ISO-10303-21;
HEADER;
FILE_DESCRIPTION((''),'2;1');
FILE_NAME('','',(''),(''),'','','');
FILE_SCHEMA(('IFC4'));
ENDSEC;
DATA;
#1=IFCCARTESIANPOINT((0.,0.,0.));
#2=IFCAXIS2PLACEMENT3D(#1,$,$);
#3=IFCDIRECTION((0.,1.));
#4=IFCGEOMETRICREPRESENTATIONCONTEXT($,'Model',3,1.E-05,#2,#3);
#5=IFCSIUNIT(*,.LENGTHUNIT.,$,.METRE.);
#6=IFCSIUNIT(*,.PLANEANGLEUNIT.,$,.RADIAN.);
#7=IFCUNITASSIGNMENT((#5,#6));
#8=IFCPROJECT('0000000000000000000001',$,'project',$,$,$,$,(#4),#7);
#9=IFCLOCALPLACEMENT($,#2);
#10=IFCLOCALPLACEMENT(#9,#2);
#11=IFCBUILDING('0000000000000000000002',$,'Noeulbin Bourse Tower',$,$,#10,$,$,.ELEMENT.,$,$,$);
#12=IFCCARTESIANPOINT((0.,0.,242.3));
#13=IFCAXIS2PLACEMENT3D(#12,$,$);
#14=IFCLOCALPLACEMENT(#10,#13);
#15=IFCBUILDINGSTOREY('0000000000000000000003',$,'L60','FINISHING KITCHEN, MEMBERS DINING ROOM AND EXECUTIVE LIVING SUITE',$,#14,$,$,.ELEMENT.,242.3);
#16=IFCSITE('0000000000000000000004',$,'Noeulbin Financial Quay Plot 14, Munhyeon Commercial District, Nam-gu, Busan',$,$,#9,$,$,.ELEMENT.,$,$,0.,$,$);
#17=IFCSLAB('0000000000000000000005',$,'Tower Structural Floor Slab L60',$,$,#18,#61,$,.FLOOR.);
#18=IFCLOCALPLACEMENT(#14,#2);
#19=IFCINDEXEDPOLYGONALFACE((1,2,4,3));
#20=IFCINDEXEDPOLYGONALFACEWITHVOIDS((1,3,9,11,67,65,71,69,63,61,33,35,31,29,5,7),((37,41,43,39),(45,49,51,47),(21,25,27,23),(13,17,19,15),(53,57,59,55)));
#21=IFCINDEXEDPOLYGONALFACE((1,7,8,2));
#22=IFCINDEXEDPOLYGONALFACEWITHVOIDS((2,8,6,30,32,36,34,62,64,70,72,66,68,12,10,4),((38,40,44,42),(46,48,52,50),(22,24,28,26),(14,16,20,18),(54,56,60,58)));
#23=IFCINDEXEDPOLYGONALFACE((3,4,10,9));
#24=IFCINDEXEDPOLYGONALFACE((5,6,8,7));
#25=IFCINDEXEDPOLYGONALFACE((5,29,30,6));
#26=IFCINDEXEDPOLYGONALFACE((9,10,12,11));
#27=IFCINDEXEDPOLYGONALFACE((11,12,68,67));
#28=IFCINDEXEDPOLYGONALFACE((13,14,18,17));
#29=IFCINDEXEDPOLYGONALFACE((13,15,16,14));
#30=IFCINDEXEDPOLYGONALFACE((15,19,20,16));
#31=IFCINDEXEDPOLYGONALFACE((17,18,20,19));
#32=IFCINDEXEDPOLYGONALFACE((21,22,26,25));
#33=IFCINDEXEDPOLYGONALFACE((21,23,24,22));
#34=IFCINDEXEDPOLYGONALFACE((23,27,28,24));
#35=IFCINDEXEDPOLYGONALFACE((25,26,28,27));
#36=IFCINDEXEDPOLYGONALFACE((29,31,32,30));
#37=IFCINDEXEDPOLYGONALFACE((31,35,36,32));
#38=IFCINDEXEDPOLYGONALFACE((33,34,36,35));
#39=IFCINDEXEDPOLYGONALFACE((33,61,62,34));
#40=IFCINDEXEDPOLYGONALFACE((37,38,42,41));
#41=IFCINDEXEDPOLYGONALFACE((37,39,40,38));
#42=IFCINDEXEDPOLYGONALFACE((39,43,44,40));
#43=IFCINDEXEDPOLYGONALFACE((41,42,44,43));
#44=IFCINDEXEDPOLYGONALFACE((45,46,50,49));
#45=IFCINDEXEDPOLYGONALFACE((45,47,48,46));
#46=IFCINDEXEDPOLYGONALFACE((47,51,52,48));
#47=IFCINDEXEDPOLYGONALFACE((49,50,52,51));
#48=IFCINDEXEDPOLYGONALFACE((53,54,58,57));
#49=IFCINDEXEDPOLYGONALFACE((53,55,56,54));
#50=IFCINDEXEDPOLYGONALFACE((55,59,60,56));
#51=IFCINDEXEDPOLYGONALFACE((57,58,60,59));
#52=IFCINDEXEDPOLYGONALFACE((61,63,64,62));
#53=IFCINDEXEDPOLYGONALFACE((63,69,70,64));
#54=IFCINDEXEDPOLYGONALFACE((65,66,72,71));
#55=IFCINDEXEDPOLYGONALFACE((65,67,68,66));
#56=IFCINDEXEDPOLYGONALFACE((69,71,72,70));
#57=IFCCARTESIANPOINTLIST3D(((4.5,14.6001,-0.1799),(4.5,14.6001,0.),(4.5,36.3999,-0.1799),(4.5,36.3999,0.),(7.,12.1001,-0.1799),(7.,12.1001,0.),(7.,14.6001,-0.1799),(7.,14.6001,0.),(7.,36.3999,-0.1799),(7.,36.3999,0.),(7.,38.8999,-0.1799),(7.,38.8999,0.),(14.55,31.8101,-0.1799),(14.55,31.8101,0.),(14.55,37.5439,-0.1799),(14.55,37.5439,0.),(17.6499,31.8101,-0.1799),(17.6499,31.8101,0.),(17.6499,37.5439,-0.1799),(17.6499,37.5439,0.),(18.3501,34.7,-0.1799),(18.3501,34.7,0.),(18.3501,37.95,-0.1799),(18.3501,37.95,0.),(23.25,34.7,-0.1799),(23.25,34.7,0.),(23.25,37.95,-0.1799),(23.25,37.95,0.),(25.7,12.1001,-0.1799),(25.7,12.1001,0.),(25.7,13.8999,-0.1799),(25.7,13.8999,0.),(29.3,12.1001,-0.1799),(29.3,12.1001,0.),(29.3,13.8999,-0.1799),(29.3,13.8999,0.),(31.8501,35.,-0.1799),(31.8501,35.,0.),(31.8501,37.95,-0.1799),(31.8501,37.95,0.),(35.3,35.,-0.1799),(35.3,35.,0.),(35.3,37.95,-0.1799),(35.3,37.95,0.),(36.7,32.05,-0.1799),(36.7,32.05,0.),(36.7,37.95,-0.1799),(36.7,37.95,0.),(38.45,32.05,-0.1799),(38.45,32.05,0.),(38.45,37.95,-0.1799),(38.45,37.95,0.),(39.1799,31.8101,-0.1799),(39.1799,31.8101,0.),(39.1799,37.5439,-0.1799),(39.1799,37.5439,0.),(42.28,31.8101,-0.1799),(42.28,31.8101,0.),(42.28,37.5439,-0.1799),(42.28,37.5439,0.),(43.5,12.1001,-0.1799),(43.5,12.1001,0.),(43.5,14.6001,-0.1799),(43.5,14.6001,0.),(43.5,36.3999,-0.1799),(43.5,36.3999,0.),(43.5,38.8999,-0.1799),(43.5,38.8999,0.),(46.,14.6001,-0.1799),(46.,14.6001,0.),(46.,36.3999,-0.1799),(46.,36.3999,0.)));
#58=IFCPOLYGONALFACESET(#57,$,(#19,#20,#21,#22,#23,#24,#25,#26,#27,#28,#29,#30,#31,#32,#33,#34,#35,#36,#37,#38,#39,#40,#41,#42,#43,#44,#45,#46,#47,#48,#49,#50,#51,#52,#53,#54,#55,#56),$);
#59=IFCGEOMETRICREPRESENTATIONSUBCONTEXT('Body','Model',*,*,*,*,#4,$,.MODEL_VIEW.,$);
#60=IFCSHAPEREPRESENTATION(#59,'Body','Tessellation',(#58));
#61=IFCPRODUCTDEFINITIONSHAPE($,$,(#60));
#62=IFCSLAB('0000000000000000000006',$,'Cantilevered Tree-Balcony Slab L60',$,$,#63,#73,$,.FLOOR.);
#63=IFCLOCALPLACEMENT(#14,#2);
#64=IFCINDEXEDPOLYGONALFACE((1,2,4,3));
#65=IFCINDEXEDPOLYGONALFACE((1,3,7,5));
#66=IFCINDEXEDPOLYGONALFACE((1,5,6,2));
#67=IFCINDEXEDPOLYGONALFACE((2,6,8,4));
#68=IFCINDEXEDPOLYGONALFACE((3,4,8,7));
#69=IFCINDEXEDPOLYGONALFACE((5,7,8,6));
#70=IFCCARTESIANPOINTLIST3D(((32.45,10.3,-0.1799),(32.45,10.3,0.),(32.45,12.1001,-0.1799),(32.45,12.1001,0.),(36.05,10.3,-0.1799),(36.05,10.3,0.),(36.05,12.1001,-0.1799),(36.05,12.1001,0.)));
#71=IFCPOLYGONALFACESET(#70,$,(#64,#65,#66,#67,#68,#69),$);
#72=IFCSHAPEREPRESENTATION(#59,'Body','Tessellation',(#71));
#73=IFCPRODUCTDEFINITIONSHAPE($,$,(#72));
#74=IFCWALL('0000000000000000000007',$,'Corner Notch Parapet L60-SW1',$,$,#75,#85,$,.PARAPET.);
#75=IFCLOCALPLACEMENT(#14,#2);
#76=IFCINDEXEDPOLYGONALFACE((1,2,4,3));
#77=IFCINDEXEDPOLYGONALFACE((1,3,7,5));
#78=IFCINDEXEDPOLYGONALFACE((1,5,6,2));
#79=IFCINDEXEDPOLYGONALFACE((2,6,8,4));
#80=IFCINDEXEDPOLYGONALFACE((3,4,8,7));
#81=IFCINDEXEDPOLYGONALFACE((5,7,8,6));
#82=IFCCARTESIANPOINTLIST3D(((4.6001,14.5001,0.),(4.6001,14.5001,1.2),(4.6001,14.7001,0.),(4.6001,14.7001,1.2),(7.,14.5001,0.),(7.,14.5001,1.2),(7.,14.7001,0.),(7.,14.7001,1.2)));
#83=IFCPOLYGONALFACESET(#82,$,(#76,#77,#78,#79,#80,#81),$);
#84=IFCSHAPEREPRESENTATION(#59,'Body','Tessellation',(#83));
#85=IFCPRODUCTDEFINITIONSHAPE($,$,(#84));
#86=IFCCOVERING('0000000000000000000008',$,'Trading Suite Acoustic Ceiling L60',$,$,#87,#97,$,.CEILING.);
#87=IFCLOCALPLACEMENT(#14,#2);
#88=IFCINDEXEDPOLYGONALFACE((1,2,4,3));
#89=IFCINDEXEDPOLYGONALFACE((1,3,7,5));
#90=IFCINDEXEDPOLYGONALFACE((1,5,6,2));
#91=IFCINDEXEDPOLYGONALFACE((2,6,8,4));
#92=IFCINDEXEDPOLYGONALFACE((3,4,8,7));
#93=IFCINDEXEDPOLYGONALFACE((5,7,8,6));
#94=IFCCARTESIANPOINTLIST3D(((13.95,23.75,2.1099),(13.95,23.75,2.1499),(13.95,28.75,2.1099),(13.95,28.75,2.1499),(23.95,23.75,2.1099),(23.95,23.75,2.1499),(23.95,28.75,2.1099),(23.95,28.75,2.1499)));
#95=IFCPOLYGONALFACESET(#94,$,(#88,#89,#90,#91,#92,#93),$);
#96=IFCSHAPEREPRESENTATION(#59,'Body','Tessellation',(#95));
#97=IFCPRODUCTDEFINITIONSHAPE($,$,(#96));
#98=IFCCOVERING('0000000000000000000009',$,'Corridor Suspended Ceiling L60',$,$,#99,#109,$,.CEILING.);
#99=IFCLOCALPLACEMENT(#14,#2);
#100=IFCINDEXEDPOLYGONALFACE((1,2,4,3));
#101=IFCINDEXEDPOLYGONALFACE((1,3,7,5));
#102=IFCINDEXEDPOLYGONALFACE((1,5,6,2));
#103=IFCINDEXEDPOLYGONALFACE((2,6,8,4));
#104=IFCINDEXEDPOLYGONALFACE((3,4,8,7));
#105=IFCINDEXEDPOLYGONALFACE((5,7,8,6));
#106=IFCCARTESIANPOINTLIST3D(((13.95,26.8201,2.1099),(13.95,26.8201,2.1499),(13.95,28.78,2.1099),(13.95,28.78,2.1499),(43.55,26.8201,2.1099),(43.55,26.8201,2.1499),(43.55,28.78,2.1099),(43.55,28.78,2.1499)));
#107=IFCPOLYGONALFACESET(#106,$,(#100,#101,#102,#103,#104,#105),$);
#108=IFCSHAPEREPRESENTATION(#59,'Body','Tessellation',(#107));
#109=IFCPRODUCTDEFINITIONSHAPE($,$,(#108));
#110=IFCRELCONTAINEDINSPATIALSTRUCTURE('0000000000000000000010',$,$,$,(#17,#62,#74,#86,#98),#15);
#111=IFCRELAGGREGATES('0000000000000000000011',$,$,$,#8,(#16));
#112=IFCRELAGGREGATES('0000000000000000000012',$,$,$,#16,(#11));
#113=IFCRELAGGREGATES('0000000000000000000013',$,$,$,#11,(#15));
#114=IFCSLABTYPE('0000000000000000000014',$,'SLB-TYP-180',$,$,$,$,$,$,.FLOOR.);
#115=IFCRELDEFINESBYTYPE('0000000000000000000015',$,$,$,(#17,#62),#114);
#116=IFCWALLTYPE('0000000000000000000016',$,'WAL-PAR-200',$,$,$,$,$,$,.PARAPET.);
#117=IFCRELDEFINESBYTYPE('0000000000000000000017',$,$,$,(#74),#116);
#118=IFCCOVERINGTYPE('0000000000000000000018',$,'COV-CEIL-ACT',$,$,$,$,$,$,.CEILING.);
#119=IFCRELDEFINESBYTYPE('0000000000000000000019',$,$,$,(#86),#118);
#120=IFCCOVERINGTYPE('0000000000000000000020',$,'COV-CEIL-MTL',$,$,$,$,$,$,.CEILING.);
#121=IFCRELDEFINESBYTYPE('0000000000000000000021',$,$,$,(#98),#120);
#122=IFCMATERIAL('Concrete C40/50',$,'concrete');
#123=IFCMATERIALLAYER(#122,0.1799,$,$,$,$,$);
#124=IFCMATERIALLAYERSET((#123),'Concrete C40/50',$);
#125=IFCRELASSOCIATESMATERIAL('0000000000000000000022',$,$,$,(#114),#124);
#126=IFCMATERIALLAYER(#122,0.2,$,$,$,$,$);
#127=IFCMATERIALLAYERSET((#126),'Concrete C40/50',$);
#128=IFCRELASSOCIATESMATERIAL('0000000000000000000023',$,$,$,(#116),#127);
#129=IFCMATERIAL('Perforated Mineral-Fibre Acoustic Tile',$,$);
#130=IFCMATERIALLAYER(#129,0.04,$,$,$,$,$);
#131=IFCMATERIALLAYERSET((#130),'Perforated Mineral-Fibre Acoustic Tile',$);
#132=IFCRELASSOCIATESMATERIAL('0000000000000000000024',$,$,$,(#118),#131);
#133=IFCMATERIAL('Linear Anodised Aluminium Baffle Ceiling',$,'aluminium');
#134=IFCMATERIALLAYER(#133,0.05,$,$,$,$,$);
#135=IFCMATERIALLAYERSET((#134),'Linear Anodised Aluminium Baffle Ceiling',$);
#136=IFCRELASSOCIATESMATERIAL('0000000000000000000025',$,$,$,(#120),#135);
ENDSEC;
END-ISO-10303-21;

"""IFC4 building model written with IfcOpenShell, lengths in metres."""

from ifc_helpers import new_model, si_unit, direction, frame, frame_2d, origin, place, context, subcontext, project, spatial, polyline, rectangle, outline, extrude, material, layer, layer_set, type_object, element, save


model = new_model("IFC4")

# Units and contexts
model_context = context("Model", 3, precision=1e-05, world=origin(), true_north=direction((0.0, 1.0)))
body_context = subcontext(model_context, "Body", "Model", "MODEL_VIEW")
ifc_project = project(units=[si_unit("LENGTHUNIT", "METRE"), si_unit("PLANEANGLEUNIT", "RADIAN")], contexts=[model_context])

# Site, building, storey
site_placement = place(None, origin())
site = spatial("IfcSite", under=ifc_project, at=site_placement, Name="Noeulbin Financial Quay Plot 14, Munhyeon Commercial District, Nam-gu, Busan", CompositionType="ELEMENT", RefElevation=0.0)
building_placement = place(site_placement, origin())
building = spatial("IfcBuilding", under=site, at=building_placement, Name="Noeulbin Bourse Tower", CompositionType="ELEMENT")
storey_placement = place(building_placement, frame((0.0, 0.0, 242.3)))
storey = spatial("IfcBuildingStorey", under=building, at=storey_placement, Name="L60", Description="FINISHING KITCHEN, MEMBERS DINING ROOM AND EXECUTIVE LIVING SUITE", CompositionType="ELEMENT", Elevation=242.3)

# Shared definitions
ifc_material_1 = material(Name="Concrete C40/50", Category="concrete")

# Slab, openings
ifc_layer_1 = layer(ifc_material_1, 0.1799)
ifc_layer_set_1 = layer_set([ifc_layer_1], Name="Concrete C40/50")
slab_type_1 = type_object("IfcSlabType", Name="SLB-TYP-180", PredefinedType="FLOOR", material=ifc_layer_set_1)
slab_1_placement = place(storey_placement, frame((0.0, 0.0, -0.1799)))
slab_1 = element("IfcSlab", 1, at=slab_1_placement, inside=storey, type_object=slab_type_1, Name="Tower Structural Floor Slab L60", PredefinedType="FLOOR", context=body_context, shape_type="SweptSolid", body=[
    extrude(outline(polyline([(7.0, 12.1001), (25.7, 12.1001), (25.7, 13.8999), (29.3, 13.8999), (29.3, 12.1001), (43.5, 12.1001), (43.5, 14.6001), (46.0, 14.6001), (46.0, 36.3999), (43.5, 36.3999), (43.5, 38.8999), (7.0, 38.8999), (7.0, 36.3999), (4.5, 36.3999), (4.5, 14.6001), (7.0, 14.6001), (7.0, 12.1001)]), holes=[polyline([(17.6499, 31.8101), (17.6499, 37.5439), (14.55, 37.5439), (14.55, 31.8101), (17.6499, 31.8101)]), polyline([(42.28, 31.8101), (42.28, 37.5439), (39.1799, 37.5439), (39.1799, 31.8101), (42.28, 31.8101)]), polyline([(18.3501, 34.7), (23.25, 34.7), (23.25, 37.95), (18.3501, 37.95), (18.3501, 34.7)]), polyline([(36.7, 32.05), (38.45, 32.05), (38.45, 37.95), (36.7, 37.95), (36.7, 32.05)]), polyline([(31.8501, 35.0), (35.3, 35.0), (35.3, 37.95), (31.8501, 37.95), (31.8501, 35.0)])]), origin(), (0.0, 0.0, 1.0), 0.1799),
])
opening_1_placement = place(slab_1_placement, frame((0.0, 0.0, -0.01)))
element("IfcOpeningElement", 2, at=opening_1_placement, cuts=slab_1, PredefinedType="OPENING", context=body_context, shape_type="SweptSolid", body=[
    extrude(outline(polyline([(17.6499, 31.8101), (17.6499, 37.5439), (14.55, 37.5439), (14.55, 31.8101), (17.6499, 31.8101)])), origin(), (0.0, 0.0, 1.0), 0.2),
])
opening_2_placement = place(slab_1_placement, frame((0.0, 0.0, -0.01)))
element("IfcOpeningElement", 3, at=opening_2_placement, cuts=slab_1, PredefinedType="OPENING", context=body_context, shape_type="SweptSolid", body=[
    extrude(outline(polyline([(42.28, 31.8101), (42.28, 37.5439), (39.1799, 37.5439), (39.1799, 31.8101), (42.28, 31.8101)])), origin(), (0.0, 0.0, 1.0), 0.2),
])
opening_3_placement = place(slab_1_placement, frame((0.0, 0.0, -0.01)))
element("IfcOpeningElement", 4, at=opening_3_placement, cuts=slab_1, PredefinedType="OPENING", context=body_context, shape_type="SweptSolid", body=[
    extrude(outline(polyline([(18.3501, 34.7), (23.25, 34.7), (23.25, 37.95), (18.3501, 37.95), (18.3501, 34.7)])), origin(), (0.0, 0.0, 1.0), 0.2),
])
opening_4_placement = place(slab_1_placement, frame((0.0, 0.0, -0.01)))
element("IfcOpeningElement", 5, at=opening_4_placement, cuts=slab_1, PredefinedType="OPENING", context=body_context, shape_type="SweptSolid", body=[
    extrude(outline(polyline([(36.7, 32.05), (38.45, 32.05), (38.45, 37.95), (36.7, 37.95), (36.7, 32.05)])), origin(), (0.0, 0.0, 1.0), 0.2),
])
opening_5_placement = place(slab_1_placement, frame((0.0, 0.0, -0.01)))
element("IfcOpeningElement", 6, at=opening_5_placement, cuts=slab_1, PredefinedType="OPENING", context=body_context, shape_type="SweptSolid", body=[
    extrude(outline(polyline([(31.8501, 35.0), (35.3, 35.0), (35.3, 37.95), (31.8501, 37.95), (31.8501, 35.0)])), origin(), (0.0, 0.0, 1.0), 0.2),
])

# Slab
slab_2_placement = place(storey_placement, frame((0.0, 0.0, -0.1799)))
element("IfcSlab", 7, at=slab_2_placement, inside=storey, type_object=slab_type_1, Name="Cantilevered Tree-Balcony Slab L60", PredefinedType="FLOOR", context=body_context, shape_type="SweptSolid", body=[
    extrude(outline(polyline([(32.45, 10.3), (36.05, 10.3), (36.05, 12.1001), (32.45, 12.1001), (32.45, 10.3)])), origin(), (0.0, 0.0, 1.0), 0.1799),
])

# Wall
ifc_layer_2 = layer(ifc_material_1, 0.2)
ifc_layer_set_2 = layer_set([ifc_layer_2], Name="Concrete C40/50")
wall_type = type_object("IfcWallType", Name="WAL-PAR-200", PredefinedType="PARAPET", material=ifc_layer_set_2)
wall_placement = place(storey_placement, frame((4.6001, 14.6001, 0.0), z_axis=(0.0, 0.0, 1.0), x_axis=(1.0, 0.0, 0.0)))
element("IfcWall", 8, at=wall_placement, inside=storey, type_object=wall_type, Name="Corner Notch Parapet L60-SW1", PredefinedType="PARAPET", context=body_context, shape_type="SweptSolid", body=[
    extrude(rectangle(XDim=2.3999, YDim=0.2, at=frame_2d((1.2, 0.0))), origin(), (0.0, 0.0, 1.0), 1.2),
])

# Coverings
ifc_material_2 = material(Name="Perforated Mineral-Fibre Acoustic Tile")
ifc_layer_3 = layer(ifc_material_2, 0.04)
ifc_layer_set_3 = layer_set([ifc_layer_3], Name="Perforated Mineral-Fibre Acoustic Tile")
covering_type_1 = type_object("IfcCoveringType", Name="COV-CEIL-ACT", PredefinedType="CEILING", material=ifc_layer_set_3)
covering_1_placement = place(storey_placement, frame((0.0, 0.0, 2.1099)))
element("IfcCovering", 9, at=covering_1_placement, inside=storey, type_object=covering_type_1, Name="Trading Suite Acoustic Ceiling L60", PredefinedType="CEILING", context=body_context, shape_type="SweptSolid", body=[
    extrude(outline(polyline([(13.95, 23.75), (23.95, 23.75), (23.95, 28.75), (13.95, 28.75), (13.95, 23.75)])), origin(), (0.0, 0.0, 1.0), 0.04),
])
ifc_material_3 = material(Name="Linear Anodised Aluminium Baffle Ceiling", Category="aluminium")
ifc_layer_4 = layer(ifc_material_3, 0.05)
ifc_layer_set_4 = layer_set([ifc_layer_4], Name="Linear Anodised Aluminium Baffle Ceiling")
covering_type_2 = type_object("IfcCoveringType", Name="COV-CEIL-MTL", PredefinedType="CEILING", material=ifc_layer_set_4)
covering_2_placement = place(storey_placement, frame((0.0, 0.0, 2.1099)))
element("IfcCovering", 10, at=covering_2_placement, inside=storey, type_object=covering_type_2, Name="Corridor Suspended Ceiling L60", PredefinedType="CEILING", context=body_context, shape_type="SweptSolid", body=[
    extrude(outline(polyline([(13.95, 26.8201), (43.55, 26.8201), (43.55, 28.78), (13.95, 28.78), (13.95, 26.8201)])), origin(), (0.0, 0.0, 1.0), 0.04),
])

save(model, "model.ifc")
